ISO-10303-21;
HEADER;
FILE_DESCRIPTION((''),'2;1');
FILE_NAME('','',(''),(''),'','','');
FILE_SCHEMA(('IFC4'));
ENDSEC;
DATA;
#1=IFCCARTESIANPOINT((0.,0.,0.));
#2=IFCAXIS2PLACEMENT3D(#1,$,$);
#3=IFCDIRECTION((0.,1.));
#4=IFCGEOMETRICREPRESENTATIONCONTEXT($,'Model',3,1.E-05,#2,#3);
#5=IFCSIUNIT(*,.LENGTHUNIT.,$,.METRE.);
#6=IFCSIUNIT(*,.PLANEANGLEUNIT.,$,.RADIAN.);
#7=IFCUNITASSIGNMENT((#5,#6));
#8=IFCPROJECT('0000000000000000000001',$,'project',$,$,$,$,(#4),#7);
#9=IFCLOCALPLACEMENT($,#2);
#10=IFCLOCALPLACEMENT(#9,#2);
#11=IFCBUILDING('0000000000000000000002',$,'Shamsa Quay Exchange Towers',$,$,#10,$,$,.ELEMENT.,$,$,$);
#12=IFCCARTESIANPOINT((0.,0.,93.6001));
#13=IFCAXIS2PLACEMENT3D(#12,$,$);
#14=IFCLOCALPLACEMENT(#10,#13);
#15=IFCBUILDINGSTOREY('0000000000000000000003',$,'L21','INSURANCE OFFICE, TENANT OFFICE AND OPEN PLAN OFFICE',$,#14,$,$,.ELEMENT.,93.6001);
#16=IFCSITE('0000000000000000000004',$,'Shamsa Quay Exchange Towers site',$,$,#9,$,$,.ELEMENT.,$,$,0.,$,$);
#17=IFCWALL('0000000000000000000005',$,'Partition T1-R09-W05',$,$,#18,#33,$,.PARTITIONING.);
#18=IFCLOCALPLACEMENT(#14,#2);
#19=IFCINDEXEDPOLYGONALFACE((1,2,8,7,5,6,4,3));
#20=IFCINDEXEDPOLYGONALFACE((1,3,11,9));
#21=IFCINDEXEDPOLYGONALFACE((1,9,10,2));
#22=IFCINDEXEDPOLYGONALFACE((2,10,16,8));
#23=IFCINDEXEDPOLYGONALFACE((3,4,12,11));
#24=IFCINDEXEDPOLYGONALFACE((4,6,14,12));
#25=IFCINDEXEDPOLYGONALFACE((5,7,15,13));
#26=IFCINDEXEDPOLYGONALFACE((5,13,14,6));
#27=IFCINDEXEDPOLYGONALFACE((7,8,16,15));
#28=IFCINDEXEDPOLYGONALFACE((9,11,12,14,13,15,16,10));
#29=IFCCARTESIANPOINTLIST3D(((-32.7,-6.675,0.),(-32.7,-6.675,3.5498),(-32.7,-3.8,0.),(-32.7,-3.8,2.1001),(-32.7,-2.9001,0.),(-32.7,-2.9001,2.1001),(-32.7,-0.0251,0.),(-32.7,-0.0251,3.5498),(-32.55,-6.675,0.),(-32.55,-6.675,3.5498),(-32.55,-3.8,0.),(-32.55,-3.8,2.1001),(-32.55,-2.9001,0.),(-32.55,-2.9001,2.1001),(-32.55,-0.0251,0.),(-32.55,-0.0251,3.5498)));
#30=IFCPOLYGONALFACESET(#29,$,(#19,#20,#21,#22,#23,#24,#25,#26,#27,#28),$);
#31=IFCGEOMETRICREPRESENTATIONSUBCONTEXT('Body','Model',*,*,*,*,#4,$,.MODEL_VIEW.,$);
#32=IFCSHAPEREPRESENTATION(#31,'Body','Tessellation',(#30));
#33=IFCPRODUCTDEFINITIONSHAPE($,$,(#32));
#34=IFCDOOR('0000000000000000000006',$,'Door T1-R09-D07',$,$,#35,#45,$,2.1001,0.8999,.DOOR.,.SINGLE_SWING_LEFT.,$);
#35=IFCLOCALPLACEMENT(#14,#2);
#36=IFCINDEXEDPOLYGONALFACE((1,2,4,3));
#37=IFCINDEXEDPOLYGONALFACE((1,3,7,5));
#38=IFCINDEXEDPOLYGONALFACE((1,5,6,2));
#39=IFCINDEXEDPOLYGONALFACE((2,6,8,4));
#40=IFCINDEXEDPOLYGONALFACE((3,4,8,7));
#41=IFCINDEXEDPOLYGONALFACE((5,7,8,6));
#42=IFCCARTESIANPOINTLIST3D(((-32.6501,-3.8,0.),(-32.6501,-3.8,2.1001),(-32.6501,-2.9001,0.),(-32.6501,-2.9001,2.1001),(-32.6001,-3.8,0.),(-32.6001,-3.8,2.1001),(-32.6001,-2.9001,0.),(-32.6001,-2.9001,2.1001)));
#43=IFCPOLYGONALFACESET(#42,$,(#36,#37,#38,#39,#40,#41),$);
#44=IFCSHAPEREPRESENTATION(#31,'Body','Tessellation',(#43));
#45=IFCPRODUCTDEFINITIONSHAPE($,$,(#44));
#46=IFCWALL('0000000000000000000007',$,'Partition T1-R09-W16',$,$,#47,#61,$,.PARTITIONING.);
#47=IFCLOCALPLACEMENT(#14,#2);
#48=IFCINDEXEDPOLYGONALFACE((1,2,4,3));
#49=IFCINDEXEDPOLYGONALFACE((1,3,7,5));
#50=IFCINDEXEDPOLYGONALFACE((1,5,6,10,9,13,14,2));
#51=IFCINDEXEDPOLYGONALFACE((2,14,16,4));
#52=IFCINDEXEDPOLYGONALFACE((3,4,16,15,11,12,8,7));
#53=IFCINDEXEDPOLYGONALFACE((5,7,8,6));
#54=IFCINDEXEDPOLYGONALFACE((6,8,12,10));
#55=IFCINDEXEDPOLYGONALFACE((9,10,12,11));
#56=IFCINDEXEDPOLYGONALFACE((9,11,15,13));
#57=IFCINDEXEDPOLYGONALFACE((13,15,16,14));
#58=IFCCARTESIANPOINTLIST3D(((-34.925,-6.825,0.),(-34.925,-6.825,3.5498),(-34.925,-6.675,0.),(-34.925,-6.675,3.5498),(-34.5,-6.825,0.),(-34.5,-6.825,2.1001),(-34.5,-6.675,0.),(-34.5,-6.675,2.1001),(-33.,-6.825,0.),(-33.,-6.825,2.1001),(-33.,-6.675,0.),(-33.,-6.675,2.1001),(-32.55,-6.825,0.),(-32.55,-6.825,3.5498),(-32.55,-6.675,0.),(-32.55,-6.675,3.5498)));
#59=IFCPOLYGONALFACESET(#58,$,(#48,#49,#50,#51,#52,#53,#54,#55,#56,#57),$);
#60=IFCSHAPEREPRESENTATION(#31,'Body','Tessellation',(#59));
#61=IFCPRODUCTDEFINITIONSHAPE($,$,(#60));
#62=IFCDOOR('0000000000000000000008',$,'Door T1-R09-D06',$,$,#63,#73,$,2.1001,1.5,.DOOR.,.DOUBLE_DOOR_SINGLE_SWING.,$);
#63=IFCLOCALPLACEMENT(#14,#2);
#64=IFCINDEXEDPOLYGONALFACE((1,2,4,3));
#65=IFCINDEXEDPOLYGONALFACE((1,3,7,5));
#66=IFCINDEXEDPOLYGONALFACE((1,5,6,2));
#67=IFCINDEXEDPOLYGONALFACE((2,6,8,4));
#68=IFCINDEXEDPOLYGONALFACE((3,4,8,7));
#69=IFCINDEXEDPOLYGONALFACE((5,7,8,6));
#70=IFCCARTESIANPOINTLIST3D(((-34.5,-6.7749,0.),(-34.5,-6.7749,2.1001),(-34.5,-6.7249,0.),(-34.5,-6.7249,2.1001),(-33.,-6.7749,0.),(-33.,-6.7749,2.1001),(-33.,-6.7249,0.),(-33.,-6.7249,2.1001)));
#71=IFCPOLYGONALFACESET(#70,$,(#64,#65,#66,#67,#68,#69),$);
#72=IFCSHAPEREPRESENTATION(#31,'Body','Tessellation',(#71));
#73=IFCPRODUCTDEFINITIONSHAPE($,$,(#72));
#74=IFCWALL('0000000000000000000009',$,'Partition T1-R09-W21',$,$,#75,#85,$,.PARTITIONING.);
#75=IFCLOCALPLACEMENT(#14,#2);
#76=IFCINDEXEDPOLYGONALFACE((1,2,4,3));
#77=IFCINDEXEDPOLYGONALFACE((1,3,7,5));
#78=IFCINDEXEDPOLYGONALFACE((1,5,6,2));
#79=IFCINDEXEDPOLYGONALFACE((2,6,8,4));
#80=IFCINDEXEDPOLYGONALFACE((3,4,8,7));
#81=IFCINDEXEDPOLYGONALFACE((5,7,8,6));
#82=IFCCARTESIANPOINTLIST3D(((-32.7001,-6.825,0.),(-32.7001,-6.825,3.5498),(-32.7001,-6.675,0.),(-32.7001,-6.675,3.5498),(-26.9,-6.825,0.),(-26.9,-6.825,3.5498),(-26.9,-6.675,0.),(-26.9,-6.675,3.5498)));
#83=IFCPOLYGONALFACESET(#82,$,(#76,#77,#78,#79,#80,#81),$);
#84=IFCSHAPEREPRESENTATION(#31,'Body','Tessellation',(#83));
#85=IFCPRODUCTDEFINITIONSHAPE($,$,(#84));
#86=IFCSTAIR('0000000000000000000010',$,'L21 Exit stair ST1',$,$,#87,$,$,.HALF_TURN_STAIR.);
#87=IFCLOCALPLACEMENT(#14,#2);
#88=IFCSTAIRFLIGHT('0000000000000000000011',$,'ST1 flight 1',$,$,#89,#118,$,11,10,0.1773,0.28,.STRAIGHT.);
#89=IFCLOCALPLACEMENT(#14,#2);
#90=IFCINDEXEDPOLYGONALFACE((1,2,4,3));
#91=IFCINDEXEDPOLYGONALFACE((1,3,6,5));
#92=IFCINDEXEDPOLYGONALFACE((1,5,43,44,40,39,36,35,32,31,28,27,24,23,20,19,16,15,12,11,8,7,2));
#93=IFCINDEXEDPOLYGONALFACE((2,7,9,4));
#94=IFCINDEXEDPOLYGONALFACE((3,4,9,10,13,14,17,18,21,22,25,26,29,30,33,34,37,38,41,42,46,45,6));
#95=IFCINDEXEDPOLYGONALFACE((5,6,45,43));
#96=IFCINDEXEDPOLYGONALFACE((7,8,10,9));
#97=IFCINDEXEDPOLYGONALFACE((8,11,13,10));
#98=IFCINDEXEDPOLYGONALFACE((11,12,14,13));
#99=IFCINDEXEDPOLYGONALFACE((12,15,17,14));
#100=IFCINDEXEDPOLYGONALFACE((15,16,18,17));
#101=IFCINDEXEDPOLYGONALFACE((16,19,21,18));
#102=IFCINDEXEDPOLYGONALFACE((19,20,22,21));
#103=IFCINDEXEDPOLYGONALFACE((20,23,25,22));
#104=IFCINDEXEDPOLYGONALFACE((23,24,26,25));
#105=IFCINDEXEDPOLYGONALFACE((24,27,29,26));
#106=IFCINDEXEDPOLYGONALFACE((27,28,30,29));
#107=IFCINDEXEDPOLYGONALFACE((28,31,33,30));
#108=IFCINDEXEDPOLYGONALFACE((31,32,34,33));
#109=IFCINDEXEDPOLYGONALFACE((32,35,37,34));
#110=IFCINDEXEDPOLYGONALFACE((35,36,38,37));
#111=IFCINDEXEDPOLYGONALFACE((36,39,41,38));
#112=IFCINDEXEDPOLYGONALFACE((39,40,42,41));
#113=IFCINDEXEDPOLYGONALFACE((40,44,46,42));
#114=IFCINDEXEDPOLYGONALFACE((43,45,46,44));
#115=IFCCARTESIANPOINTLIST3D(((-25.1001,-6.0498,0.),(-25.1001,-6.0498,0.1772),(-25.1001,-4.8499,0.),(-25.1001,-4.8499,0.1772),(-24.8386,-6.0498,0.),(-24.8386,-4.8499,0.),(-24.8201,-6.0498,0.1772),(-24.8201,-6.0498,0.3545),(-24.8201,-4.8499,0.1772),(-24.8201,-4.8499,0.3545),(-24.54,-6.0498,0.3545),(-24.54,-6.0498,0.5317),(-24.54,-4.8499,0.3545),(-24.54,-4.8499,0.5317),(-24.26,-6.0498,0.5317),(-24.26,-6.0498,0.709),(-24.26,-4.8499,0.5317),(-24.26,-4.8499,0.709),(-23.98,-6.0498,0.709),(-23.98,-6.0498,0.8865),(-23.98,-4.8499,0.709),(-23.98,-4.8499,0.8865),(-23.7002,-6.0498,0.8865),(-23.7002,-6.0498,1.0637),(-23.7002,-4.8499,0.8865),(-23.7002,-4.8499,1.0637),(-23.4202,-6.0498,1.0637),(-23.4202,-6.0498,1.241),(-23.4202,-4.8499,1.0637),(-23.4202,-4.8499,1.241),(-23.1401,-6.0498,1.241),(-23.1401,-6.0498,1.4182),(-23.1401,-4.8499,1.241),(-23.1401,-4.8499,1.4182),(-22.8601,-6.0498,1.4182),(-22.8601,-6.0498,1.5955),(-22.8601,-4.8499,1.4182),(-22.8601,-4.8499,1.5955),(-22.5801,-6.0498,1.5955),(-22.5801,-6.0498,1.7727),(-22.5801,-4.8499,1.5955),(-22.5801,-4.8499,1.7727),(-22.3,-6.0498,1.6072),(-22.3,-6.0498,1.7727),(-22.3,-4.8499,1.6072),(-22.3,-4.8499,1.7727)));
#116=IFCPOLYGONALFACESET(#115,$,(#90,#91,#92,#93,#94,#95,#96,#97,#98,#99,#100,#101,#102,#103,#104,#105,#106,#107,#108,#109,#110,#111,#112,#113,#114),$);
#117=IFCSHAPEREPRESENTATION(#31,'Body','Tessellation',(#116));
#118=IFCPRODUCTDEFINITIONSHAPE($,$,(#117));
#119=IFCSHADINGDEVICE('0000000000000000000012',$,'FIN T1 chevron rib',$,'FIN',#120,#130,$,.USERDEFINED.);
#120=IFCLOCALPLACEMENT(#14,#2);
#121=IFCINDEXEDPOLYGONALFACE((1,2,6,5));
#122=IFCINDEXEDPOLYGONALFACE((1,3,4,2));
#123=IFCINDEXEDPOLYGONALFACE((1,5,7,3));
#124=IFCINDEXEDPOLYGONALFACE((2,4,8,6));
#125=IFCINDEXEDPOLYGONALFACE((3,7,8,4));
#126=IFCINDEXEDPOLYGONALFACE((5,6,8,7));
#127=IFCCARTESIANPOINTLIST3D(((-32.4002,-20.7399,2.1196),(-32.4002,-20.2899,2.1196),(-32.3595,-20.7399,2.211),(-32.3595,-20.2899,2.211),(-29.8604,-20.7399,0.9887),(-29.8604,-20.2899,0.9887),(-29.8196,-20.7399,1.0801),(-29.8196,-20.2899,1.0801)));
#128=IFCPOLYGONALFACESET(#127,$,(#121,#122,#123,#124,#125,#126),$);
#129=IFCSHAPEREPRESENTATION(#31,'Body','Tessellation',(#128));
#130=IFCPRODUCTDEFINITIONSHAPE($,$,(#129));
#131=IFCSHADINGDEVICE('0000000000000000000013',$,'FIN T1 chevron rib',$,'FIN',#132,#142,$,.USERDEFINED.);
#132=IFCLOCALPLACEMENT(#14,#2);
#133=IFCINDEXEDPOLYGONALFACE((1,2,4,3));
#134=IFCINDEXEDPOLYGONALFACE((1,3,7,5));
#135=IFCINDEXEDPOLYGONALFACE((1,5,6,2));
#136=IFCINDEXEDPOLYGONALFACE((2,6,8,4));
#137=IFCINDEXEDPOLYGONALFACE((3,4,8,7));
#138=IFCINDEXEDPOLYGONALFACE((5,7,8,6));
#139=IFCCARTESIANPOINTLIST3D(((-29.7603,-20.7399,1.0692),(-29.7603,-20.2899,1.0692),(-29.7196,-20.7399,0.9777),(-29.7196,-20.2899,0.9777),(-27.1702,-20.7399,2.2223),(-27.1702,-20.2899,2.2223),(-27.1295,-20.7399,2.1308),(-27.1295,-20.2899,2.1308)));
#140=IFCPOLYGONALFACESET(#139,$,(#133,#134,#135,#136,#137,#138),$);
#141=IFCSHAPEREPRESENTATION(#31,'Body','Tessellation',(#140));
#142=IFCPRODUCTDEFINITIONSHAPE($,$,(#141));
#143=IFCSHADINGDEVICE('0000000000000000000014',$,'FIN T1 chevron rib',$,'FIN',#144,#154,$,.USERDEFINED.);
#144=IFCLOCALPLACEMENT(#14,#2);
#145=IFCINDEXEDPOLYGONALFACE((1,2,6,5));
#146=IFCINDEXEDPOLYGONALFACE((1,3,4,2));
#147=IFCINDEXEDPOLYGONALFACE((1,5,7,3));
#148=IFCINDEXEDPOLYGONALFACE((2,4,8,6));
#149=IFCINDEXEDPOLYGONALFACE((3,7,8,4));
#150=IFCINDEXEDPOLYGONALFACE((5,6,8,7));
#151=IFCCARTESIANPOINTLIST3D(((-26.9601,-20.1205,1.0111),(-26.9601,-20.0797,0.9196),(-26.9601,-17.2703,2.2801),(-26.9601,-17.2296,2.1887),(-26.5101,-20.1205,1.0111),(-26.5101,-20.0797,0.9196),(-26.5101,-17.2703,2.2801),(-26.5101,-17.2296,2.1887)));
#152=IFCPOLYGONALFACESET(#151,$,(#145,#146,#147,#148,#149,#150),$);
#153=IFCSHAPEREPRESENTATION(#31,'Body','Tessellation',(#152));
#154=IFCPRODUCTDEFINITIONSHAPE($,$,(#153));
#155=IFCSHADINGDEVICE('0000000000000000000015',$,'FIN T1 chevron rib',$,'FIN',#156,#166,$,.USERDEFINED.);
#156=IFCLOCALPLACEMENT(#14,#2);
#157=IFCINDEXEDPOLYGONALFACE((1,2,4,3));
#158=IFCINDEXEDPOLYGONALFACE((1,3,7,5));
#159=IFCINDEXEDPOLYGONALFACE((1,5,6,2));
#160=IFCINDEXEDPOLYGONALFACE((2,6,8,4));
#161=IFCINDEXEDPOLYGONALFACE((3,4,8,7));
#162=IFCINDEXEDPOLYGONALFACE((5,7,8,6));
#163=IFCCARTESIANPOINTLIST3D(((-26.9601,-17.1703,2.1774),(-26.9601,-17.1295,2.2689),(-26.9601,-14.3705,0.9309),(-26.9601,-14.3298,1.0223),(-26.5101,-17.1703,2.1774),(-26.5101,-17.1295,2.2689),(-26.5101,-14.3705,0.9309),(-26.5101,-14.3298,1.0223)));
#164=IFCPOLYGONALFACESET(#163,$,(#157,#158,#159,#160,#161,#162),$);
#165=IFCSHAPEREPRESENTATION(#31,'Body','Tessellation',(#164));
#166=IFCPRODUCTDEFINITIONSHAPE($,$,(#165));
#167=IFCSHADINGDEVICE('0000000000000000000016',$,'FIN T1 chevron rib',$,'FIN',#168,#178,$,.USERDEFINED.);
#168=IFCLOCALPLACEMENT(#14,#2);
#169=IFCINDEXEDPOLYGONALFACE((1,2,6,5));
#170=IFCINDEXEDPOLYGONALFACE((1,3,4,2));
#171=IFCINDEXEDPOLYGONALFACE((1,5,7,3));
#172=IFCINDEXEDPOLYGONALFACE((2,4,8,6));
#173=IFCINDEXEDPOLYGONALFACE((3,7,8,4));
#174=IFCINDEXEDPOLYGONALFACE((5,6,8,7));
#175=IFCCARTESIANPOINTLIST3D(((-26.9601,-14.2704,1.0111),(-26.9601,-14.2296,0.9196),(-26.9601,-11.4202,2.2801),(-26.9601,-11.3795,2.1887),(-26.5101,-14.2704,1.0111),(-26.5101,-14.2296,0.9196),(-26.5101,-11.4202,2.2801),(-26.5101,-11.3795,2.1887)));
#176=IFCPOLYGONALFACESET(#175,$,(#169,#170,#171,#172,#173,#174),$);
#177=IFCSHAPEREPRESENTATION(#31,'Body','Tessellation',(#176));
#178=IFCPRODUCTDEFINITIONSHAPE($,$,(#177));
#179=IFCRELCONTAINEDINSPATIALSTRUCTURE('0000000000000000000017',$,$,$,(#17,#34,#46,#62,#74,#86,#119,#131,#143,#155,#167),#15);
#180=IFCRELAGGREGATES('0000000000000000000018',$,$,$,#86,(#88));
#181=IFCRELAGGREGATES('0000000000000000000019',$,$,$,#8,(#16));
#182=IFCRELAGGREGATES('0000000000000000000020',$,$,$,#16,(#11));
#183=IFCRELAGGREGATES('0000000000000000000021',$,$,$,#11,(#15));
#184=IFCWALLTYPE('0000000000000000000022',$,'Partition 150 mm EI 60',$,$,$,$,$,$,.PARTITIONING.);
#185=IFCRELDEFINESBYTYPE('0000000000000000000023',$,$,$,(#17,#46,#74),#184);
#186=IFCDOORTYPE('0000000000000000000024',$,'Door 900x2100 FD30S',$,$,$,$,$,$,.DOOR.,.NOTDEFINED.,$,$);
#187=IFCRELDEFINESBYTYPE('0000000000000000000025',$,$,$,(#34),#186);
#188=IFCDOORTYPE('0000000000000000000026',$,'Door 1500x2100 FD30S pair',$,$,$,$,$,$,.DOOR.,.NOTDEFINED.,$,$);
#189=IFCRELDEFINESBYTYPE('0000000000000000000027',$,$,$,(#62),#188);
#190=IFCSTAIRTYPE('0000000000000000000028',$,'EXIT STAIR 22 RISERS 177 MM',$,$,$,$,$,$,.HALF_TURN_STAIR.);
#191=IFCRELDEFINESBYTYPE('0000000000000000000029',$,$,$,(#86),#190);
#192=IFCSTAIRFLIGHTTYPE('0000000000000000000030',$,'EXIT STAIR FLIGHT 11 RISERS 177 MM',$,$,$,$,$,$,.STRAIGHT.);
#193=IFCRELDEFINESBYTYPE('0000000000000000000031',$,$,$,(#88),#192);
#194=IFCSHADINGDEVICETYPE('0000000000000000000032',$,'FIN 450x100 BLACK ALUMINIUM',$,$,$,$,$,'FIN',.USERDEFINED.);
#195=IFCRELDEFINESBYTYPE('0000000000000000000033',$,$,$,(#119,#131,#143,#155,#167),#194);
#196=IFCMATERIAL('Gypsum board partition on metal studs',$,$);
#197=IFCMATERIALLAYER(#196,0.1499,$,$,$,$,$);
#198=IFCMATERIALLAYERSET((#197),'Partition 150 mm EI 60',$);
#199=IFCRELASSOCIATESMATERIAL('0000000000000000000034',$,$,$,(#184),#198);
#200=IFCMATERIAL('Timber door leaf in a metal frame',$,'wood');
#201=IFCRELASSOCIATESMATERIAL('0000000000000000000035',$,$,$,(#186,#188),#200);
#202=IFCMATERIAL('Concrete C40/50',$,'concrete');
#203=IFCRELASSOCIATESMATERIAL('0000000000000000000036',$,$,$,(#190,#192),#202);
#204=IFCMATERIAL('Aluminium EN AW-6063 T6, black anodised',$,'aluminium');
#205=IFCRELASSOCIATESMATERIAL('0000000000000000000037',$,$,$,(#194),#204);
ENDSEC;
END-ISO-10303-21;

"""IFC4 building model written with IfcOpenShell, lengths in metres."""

from ifc_helpers import new_model, si_unit, direction, frame, frame_2d, origin, origin_2d, place, context, subcontext, project, spatial, polyline, rectangle, outline, extrude, material, layer, layer_set, material_profile, profile_set, type_object, element, fill, aggregate, save


model = new_model("IFC4")

# Units and contexts
model_context = context("Model", 3, precision=1e-05, world=origin(), true_north=direction((0.0, 1.0)))
body_context = subcontext(model_context, "Body", "Model", "MODEL_VIEW")
ifc_project = project(units=[si_unit("LENGTHUNIT", "METRE"), si_unit("PLANEANGLEUNIT", "RADIAN")], contexts=[model_context])

# Site, building, storey
site_placement = place(None, origin())
site = spatial("IfcSite", under=ifc_project, at=site_placement, Name="Shamsa Quay Exchange Towers site", CompositionType="ELEMENT", RefElevation=0.0)
building_placement = place(site_placement, origin())
building = spatial("IfcBuilding", under=site, at=building_placement, Name="Shamsa Quay Exchange Towers", CompositionType="ELEMENT")
storey_placement = place(building_placement, frame((0.0, 0.0, 93.6001)))
storey = spatial("IfcBuildingStorey", under=building, at=storey_placement, Name="L21", Description="INSURANCE OFFICE, TENANT OFFICE AND OPEN PLAN OFFICE", CompositionType="ELEMENT", Elevation=93.6001)

# Shared definitions
ifc_material_1 = material(Name="Aluminium EN AW-6063 T6, black anodised", Category="aluminium")

# Shared definitions
ifc_material_2 = material(Name="Gypsum board partition on metal studs")
ifc_layer_1 = layer(ifc_material_2, 0.1499)
ifc_layer_set_1 = layer_set([ifc_layer_1], Name="Partition 150 mm EI 60")
wall_type_1 = type_object("IfcWallType", Name="Partition 150 mm EI 60", PredefinedType="PARTITIONING", material=ifc_layer_set_1)

# Walls, openings, doors
wall_1_placement = place(storey_placement, frame((-32.625, -0.0251, 0.0), z_axis=(0.0, 0.0, 1.0), x_axis=(0.0, -1.0, 0.0)))
wall_1 = element("IfcWall", 1, at=wall_1_placement, inside=storey, type_object=wall_type_1, Name="Partition T1-R09-W05", PredefinedType="PARTITIONING", context=body_context, shape_type="SweptSolid", body=[
    extrude(rectangle(XDim=6.6499, YDim=0.1499, at=frame_2d((3.325, 0.0))), origin(), (0.0, 0.0, 1.0), 3.5498),
])
opening_1_placement = place(wall_1_placement, frame((2.875, 0.0, 0.0)))
opening_1 = element("IfcOpeningElement", 2, at=opening_1_placement, cuts=wall_1, PredefinedType="OPENING", context=body_context, shape_type="SweptSolid", body=[
    extrude(rectangle(XDim=0.8999, YDim=2.1001, at=frame_2d((0.45, 1.05))), frame((0.0, 0.085, 0.0), z_axis=(0.0, -1.0, 0.0), x_axis=(1.0, 0.0, 0.0)), (0.0, 0.0, 1.0), 0.1699),
])
ifc_material_3 = material(Name="Timber door leaf in a metal frame", Category="wood")
door_type_1 = type_object("IfcDoorType", Name="Door 900x2100 FD30S", OperationType="NOTDEFINED", PredefinedType="DOOR", material=ifc_material_3)
door_1_placement = place(opening_1_placement, origin())
door_1 = element("IfcDoor", 3, at=door_1_placement, inside=storey, type_object=door_type_1, Name="Door T1-R09-D07", OperationType="SINGLE_SWING_LEFT", OverallHeight=2.1001, OverallWidth=0.8999, PredefinedType="DOOR", context=body_context, shape_type="SweptSolid", body=[
    extrude(rectangle(XDim=0.8999, YDim=2.1001, at=frame_2d((0.45, 1.05))), frame((0.0, 0.0249, 0.0), z_axis=(0.0, -1.0, 0.0), x_axis=(1.0, 0.0, 0.0)), (0.0, 0.0, 1.0), 0.05),
])
fill(opening_1, door_1)
wall_2_placement = place(storey_placement, frame((-32.55, -6.75, 0.0), z_axis=(0.0, 0.0, 1.0), x_axis=(-1.0, 0.0, 0.0)))
wall_2 = element("IfcWall", 4, at=wall_2_placement, inside=storey, type_object=wall_type_1, Name="Partition T1-R09-W16", PredefinedType="PARTITIONING", context=body_context, shape_type="SweptSolid", body=[
    extrude(rectangle(XDim=2.375, YDim=0.1499, at=frame_2d((1.1875, 0.0))), origin(), (0.0, 0.0, 1.0), 3.5498),
])
opening_2_placement = place(wall_2_placement, frame((0.45, 0.0, 0.0)))
opening_2 = element("IfcOpeningElement", 5, at=opening_2_placement, cuts=wall_2, PredefinedType="OPENING", context=body_context, shape_type="SweptSolid", body=[
    extrude(rectangle(XDim=1.5, YDim=2.1001, at=frame_2d((0.75, 1.05))), frame((0.0, 0.085, 0.0), z_axis=(0.0, -1.0, 0.0), x_axis=(1.0, 0.0, 0.0)), (0.0, 0.0, 1.0), 0.1699),
])
door_type_2 = type_object("IfcDoorType", Name="Door 1500x2100 FD30S pair", OperationType="NOTDEFINED", PredefinedType="DOOR", material=ifc_material_3)
door_2_placement = place(opening_2_placement, origin())
door_2 = element("IfcDoor", 6, at=door_2_placement, inside=storey, type_object=door_type_2, Name="Door T1-R09-D06", OperationType="DOUBLE_DOOR_SINGLE_SWING", OverallHeight=2.1001, OverallWidth=1.5, PredefinedType="DOOR", context=body_context, shape_type="SweptSolid", body=[
    extrude(rectangle(XDim=1.5, YDim=2.1001, at=frame_2d((0.75, 1.05))), frame((0.0, 0.0249, 0.0), z_axis=(0.0, -1.0, 0.0), x_axis=(1.0, 0.0, 0.0)), (0.0, 0.0, 1.0), 0.05),
])
fill(opening_2, door_2)

# Wall
wall_3_placement = place(storey_placement, frame((-32.7, -6.75, 0.0)))
element("IfcWall", 7, at=wall_3_placement, inside=storey, type_object=wall_type_1, Name="Partition T1-R09-W21", PredefinedType="PARTITIONING", context=body_context, shape_type="SweptSolid", body=[
    extrude(rectangle(XDim=5.8, YDim=0.1499, at=frame_2d((2.8999, 0.0))), origin(), (0.0, 0.0, 1.0), 3.5498),
])

# Stair, stair flight
ifc_material_4 = material(Name="Concrete C40/50", Category="concrete")
stair_type = type_object("IfcStairType", Name="EXIT STAIR 22 RISERS 177 MM", PredefinedType="HALF_TURN_STAIR", material=ifc_material_4)
stair_placement = place(storey_placement, origin())
stair = element("IfcStair", 8, at=stair_placement, inside=storey, type_object=stair_type, Name="L21 Exit stair ST1", PredefinedType="HALF_TURN_STAIR")
stair_flight_type = type_object("IfcStairFlightType", Name="EXIT STAIR FLIGHT 11 RISERS 177 MM", PredefinedType="STRAIGHT", material=ifc_material_4)
stair_flight_placement = place(storey_placement, frame((-25.1001, -5.45, 0.0)))
stair_flight = element("IfcStairFlight", 9, at=stair_flight_placement, type_object=stair_flight_type, Name="ST1 flight 1", NumberOfRisers=11, NumberOfTreads=10, PredefinedType="STRAIGHT", RiserHeight=0.1773, TreadLength=0.28, context=body_context, shape_type="SweptSolid", body=[
    extrude(outline(polyline([(0.0, 0.0), (0.0, 0.1772), (0.28, 0.1772), (0.28, 0.3545), (0.5601, 0.3545), (0.5601, 0.5317), (0.8401, 0.5317), (0.8401, 0.709), (1.1201, 0.709), (1.1201, 0.8865), (1.3999, 0.8865), (1.3999, 1.0637), (1.6799, 1.0637), (1.6799, 1.241), (1.96, 1.241), (1.96, 1.4182), (2.24, 1.4182), (2.24, 1.5955), (2.52, 1.5955), (2.52, 1.7727), (2.8, 1.7727), (2.8, 1.95), (2.8, 1.6072), (0.2615, 0.0), (0.0, 0.0)])), frame((0.0, 0.6001, 0.0), z_axis=(0.0, -1.0, 0.0), x_axis=(1.0, 0.0, 0.0)), (0.0, 0.0, 1.0), 1.2),
])
aggregate(stair, [stair_flight])

# Shading devices
ifc_material_profile_1 = material_profile(ifc_material_1, rectangle(XDim=0.45, YDim=0.1001, at=origin_2d()), Name="FIN450x100")
ifc_profile_set_1 = profile_set([ifc_material_profile_1], Name="Aluminium EN AW-6063 T6, black anodised")
shading_device_type = type_object("IfcShadingDeviceType", Name="FIN 450x100 BLACK ALUMINIUM", ElementType="FIN", PredefinedType="USERDEFINED", material=ifc_profile_set_1)
shading_device_1_placement = place(storey_placement, frame((-32.3799, -20.5149, 2.1653), z_axis=(0.913536, 0.0, -0.406758), x_axis=(0.0, 1.0, 0.0)))
element("IfcShadingDevice", 10, at=shading_device_1_placement, inside=storey, type_object=shading_device_type, Name="FIN T1 chevron rib", ObjectType="FIN", PredefinedType="USERDEFINED", context=body_context, shape_type="SweptSolid", body=[
    extrude(rectangle(XDim=0.45, YDim=0.1001, at=origin_2d()), origin(), (0.0, 0.0, 1.0), 2.7803),
])
shading_device_2_placement = place(storey_placement, frame((-29.74, -20.5149, 1.0234), z_axis=(0.913559, 0.0, 0.406706), x_axis=(0.0, 1.0, 0.0)))
element("IfcShadingDevice", 11, at=shading_device_2_placement, inside=storey, type_object=shading_device_type, Name="FIN T1 chevron rib", ObjectType="FIN", PredefinedType="USERDEFINED", context=body_context, shape_type="SweptSolid", body=[
    extrude(rectangle(XDim=0.45, YDim=0.1001, at=origin_2d()), origin(), (0.0, 0.0, 1.0), 2.8352),
])
shading_device_3_placement = place(storey_placement, frame((-26.7351, -20.1001, 0.9653), z_axis=(0.0, 0.913534, 0.406763), x_axis=(-1.0, 0.0, 0.0)))
element("IfcShadingDevice", 12, at=shading_device_3_placement, inside=storey, type_object=shading_device_type, Name="FIN T1 chevron rib", ObjectType="FIN", PredefinedType="USERDEFINED", context=body_context, shape_type="SweptSolid", body=[
    extrude(rectangle(XDim=0.45, YDim=0.1001, at=origin_2d()), origin(), (0.0, 0.0, 1.0), 3.1199),
])
shading_device_4_placement = place(storey_placement, frame((-26.7351, -17.1499, 2.2231), z_axis=(0.0, 0.913542, -0.406744), x_axis=(-1.0, 0.0, 0.0)))
element("IfcShadingDevice", 13, at=shading_device_4_placement, inside=storey, type_object=shading_device_type, Name="FIN T1 chevron rib", ObjectType="FIN", PredefinedType="USERDEFINED", context=body_context, shape_type="SweptSolid", body=[
    extrude(rectangle(XDim=0.45, YDim=0.1001, at=origin_2d()), origin(), (0.0, 0.0, 1.0), 3.0647),
])
shading_device_5_placement = place(storey_placement, frame((-26.7351, -14.25, 0.9653), z_axis=(0.0, 0.913534, 0.406763), x_axis=(-1.0, 0.0, 0.0)))
element("IfcShadingDevice", 14, at=shading_device_5_placement, inside=storey, type_object=shading_device_type, Name="FIN T1 chevron rib", ObjectType="FIN", PredefinedType="USERDEFINED", context=body_context, shape_type="SweptSolid", body=[
    extrude(rectangle(XDim=0.45, YDim=0.1001, at=origin_2d()), origin(), (0.0, 0.0, 1.0), 3.1199),
])

save(model, "model.ifc")
